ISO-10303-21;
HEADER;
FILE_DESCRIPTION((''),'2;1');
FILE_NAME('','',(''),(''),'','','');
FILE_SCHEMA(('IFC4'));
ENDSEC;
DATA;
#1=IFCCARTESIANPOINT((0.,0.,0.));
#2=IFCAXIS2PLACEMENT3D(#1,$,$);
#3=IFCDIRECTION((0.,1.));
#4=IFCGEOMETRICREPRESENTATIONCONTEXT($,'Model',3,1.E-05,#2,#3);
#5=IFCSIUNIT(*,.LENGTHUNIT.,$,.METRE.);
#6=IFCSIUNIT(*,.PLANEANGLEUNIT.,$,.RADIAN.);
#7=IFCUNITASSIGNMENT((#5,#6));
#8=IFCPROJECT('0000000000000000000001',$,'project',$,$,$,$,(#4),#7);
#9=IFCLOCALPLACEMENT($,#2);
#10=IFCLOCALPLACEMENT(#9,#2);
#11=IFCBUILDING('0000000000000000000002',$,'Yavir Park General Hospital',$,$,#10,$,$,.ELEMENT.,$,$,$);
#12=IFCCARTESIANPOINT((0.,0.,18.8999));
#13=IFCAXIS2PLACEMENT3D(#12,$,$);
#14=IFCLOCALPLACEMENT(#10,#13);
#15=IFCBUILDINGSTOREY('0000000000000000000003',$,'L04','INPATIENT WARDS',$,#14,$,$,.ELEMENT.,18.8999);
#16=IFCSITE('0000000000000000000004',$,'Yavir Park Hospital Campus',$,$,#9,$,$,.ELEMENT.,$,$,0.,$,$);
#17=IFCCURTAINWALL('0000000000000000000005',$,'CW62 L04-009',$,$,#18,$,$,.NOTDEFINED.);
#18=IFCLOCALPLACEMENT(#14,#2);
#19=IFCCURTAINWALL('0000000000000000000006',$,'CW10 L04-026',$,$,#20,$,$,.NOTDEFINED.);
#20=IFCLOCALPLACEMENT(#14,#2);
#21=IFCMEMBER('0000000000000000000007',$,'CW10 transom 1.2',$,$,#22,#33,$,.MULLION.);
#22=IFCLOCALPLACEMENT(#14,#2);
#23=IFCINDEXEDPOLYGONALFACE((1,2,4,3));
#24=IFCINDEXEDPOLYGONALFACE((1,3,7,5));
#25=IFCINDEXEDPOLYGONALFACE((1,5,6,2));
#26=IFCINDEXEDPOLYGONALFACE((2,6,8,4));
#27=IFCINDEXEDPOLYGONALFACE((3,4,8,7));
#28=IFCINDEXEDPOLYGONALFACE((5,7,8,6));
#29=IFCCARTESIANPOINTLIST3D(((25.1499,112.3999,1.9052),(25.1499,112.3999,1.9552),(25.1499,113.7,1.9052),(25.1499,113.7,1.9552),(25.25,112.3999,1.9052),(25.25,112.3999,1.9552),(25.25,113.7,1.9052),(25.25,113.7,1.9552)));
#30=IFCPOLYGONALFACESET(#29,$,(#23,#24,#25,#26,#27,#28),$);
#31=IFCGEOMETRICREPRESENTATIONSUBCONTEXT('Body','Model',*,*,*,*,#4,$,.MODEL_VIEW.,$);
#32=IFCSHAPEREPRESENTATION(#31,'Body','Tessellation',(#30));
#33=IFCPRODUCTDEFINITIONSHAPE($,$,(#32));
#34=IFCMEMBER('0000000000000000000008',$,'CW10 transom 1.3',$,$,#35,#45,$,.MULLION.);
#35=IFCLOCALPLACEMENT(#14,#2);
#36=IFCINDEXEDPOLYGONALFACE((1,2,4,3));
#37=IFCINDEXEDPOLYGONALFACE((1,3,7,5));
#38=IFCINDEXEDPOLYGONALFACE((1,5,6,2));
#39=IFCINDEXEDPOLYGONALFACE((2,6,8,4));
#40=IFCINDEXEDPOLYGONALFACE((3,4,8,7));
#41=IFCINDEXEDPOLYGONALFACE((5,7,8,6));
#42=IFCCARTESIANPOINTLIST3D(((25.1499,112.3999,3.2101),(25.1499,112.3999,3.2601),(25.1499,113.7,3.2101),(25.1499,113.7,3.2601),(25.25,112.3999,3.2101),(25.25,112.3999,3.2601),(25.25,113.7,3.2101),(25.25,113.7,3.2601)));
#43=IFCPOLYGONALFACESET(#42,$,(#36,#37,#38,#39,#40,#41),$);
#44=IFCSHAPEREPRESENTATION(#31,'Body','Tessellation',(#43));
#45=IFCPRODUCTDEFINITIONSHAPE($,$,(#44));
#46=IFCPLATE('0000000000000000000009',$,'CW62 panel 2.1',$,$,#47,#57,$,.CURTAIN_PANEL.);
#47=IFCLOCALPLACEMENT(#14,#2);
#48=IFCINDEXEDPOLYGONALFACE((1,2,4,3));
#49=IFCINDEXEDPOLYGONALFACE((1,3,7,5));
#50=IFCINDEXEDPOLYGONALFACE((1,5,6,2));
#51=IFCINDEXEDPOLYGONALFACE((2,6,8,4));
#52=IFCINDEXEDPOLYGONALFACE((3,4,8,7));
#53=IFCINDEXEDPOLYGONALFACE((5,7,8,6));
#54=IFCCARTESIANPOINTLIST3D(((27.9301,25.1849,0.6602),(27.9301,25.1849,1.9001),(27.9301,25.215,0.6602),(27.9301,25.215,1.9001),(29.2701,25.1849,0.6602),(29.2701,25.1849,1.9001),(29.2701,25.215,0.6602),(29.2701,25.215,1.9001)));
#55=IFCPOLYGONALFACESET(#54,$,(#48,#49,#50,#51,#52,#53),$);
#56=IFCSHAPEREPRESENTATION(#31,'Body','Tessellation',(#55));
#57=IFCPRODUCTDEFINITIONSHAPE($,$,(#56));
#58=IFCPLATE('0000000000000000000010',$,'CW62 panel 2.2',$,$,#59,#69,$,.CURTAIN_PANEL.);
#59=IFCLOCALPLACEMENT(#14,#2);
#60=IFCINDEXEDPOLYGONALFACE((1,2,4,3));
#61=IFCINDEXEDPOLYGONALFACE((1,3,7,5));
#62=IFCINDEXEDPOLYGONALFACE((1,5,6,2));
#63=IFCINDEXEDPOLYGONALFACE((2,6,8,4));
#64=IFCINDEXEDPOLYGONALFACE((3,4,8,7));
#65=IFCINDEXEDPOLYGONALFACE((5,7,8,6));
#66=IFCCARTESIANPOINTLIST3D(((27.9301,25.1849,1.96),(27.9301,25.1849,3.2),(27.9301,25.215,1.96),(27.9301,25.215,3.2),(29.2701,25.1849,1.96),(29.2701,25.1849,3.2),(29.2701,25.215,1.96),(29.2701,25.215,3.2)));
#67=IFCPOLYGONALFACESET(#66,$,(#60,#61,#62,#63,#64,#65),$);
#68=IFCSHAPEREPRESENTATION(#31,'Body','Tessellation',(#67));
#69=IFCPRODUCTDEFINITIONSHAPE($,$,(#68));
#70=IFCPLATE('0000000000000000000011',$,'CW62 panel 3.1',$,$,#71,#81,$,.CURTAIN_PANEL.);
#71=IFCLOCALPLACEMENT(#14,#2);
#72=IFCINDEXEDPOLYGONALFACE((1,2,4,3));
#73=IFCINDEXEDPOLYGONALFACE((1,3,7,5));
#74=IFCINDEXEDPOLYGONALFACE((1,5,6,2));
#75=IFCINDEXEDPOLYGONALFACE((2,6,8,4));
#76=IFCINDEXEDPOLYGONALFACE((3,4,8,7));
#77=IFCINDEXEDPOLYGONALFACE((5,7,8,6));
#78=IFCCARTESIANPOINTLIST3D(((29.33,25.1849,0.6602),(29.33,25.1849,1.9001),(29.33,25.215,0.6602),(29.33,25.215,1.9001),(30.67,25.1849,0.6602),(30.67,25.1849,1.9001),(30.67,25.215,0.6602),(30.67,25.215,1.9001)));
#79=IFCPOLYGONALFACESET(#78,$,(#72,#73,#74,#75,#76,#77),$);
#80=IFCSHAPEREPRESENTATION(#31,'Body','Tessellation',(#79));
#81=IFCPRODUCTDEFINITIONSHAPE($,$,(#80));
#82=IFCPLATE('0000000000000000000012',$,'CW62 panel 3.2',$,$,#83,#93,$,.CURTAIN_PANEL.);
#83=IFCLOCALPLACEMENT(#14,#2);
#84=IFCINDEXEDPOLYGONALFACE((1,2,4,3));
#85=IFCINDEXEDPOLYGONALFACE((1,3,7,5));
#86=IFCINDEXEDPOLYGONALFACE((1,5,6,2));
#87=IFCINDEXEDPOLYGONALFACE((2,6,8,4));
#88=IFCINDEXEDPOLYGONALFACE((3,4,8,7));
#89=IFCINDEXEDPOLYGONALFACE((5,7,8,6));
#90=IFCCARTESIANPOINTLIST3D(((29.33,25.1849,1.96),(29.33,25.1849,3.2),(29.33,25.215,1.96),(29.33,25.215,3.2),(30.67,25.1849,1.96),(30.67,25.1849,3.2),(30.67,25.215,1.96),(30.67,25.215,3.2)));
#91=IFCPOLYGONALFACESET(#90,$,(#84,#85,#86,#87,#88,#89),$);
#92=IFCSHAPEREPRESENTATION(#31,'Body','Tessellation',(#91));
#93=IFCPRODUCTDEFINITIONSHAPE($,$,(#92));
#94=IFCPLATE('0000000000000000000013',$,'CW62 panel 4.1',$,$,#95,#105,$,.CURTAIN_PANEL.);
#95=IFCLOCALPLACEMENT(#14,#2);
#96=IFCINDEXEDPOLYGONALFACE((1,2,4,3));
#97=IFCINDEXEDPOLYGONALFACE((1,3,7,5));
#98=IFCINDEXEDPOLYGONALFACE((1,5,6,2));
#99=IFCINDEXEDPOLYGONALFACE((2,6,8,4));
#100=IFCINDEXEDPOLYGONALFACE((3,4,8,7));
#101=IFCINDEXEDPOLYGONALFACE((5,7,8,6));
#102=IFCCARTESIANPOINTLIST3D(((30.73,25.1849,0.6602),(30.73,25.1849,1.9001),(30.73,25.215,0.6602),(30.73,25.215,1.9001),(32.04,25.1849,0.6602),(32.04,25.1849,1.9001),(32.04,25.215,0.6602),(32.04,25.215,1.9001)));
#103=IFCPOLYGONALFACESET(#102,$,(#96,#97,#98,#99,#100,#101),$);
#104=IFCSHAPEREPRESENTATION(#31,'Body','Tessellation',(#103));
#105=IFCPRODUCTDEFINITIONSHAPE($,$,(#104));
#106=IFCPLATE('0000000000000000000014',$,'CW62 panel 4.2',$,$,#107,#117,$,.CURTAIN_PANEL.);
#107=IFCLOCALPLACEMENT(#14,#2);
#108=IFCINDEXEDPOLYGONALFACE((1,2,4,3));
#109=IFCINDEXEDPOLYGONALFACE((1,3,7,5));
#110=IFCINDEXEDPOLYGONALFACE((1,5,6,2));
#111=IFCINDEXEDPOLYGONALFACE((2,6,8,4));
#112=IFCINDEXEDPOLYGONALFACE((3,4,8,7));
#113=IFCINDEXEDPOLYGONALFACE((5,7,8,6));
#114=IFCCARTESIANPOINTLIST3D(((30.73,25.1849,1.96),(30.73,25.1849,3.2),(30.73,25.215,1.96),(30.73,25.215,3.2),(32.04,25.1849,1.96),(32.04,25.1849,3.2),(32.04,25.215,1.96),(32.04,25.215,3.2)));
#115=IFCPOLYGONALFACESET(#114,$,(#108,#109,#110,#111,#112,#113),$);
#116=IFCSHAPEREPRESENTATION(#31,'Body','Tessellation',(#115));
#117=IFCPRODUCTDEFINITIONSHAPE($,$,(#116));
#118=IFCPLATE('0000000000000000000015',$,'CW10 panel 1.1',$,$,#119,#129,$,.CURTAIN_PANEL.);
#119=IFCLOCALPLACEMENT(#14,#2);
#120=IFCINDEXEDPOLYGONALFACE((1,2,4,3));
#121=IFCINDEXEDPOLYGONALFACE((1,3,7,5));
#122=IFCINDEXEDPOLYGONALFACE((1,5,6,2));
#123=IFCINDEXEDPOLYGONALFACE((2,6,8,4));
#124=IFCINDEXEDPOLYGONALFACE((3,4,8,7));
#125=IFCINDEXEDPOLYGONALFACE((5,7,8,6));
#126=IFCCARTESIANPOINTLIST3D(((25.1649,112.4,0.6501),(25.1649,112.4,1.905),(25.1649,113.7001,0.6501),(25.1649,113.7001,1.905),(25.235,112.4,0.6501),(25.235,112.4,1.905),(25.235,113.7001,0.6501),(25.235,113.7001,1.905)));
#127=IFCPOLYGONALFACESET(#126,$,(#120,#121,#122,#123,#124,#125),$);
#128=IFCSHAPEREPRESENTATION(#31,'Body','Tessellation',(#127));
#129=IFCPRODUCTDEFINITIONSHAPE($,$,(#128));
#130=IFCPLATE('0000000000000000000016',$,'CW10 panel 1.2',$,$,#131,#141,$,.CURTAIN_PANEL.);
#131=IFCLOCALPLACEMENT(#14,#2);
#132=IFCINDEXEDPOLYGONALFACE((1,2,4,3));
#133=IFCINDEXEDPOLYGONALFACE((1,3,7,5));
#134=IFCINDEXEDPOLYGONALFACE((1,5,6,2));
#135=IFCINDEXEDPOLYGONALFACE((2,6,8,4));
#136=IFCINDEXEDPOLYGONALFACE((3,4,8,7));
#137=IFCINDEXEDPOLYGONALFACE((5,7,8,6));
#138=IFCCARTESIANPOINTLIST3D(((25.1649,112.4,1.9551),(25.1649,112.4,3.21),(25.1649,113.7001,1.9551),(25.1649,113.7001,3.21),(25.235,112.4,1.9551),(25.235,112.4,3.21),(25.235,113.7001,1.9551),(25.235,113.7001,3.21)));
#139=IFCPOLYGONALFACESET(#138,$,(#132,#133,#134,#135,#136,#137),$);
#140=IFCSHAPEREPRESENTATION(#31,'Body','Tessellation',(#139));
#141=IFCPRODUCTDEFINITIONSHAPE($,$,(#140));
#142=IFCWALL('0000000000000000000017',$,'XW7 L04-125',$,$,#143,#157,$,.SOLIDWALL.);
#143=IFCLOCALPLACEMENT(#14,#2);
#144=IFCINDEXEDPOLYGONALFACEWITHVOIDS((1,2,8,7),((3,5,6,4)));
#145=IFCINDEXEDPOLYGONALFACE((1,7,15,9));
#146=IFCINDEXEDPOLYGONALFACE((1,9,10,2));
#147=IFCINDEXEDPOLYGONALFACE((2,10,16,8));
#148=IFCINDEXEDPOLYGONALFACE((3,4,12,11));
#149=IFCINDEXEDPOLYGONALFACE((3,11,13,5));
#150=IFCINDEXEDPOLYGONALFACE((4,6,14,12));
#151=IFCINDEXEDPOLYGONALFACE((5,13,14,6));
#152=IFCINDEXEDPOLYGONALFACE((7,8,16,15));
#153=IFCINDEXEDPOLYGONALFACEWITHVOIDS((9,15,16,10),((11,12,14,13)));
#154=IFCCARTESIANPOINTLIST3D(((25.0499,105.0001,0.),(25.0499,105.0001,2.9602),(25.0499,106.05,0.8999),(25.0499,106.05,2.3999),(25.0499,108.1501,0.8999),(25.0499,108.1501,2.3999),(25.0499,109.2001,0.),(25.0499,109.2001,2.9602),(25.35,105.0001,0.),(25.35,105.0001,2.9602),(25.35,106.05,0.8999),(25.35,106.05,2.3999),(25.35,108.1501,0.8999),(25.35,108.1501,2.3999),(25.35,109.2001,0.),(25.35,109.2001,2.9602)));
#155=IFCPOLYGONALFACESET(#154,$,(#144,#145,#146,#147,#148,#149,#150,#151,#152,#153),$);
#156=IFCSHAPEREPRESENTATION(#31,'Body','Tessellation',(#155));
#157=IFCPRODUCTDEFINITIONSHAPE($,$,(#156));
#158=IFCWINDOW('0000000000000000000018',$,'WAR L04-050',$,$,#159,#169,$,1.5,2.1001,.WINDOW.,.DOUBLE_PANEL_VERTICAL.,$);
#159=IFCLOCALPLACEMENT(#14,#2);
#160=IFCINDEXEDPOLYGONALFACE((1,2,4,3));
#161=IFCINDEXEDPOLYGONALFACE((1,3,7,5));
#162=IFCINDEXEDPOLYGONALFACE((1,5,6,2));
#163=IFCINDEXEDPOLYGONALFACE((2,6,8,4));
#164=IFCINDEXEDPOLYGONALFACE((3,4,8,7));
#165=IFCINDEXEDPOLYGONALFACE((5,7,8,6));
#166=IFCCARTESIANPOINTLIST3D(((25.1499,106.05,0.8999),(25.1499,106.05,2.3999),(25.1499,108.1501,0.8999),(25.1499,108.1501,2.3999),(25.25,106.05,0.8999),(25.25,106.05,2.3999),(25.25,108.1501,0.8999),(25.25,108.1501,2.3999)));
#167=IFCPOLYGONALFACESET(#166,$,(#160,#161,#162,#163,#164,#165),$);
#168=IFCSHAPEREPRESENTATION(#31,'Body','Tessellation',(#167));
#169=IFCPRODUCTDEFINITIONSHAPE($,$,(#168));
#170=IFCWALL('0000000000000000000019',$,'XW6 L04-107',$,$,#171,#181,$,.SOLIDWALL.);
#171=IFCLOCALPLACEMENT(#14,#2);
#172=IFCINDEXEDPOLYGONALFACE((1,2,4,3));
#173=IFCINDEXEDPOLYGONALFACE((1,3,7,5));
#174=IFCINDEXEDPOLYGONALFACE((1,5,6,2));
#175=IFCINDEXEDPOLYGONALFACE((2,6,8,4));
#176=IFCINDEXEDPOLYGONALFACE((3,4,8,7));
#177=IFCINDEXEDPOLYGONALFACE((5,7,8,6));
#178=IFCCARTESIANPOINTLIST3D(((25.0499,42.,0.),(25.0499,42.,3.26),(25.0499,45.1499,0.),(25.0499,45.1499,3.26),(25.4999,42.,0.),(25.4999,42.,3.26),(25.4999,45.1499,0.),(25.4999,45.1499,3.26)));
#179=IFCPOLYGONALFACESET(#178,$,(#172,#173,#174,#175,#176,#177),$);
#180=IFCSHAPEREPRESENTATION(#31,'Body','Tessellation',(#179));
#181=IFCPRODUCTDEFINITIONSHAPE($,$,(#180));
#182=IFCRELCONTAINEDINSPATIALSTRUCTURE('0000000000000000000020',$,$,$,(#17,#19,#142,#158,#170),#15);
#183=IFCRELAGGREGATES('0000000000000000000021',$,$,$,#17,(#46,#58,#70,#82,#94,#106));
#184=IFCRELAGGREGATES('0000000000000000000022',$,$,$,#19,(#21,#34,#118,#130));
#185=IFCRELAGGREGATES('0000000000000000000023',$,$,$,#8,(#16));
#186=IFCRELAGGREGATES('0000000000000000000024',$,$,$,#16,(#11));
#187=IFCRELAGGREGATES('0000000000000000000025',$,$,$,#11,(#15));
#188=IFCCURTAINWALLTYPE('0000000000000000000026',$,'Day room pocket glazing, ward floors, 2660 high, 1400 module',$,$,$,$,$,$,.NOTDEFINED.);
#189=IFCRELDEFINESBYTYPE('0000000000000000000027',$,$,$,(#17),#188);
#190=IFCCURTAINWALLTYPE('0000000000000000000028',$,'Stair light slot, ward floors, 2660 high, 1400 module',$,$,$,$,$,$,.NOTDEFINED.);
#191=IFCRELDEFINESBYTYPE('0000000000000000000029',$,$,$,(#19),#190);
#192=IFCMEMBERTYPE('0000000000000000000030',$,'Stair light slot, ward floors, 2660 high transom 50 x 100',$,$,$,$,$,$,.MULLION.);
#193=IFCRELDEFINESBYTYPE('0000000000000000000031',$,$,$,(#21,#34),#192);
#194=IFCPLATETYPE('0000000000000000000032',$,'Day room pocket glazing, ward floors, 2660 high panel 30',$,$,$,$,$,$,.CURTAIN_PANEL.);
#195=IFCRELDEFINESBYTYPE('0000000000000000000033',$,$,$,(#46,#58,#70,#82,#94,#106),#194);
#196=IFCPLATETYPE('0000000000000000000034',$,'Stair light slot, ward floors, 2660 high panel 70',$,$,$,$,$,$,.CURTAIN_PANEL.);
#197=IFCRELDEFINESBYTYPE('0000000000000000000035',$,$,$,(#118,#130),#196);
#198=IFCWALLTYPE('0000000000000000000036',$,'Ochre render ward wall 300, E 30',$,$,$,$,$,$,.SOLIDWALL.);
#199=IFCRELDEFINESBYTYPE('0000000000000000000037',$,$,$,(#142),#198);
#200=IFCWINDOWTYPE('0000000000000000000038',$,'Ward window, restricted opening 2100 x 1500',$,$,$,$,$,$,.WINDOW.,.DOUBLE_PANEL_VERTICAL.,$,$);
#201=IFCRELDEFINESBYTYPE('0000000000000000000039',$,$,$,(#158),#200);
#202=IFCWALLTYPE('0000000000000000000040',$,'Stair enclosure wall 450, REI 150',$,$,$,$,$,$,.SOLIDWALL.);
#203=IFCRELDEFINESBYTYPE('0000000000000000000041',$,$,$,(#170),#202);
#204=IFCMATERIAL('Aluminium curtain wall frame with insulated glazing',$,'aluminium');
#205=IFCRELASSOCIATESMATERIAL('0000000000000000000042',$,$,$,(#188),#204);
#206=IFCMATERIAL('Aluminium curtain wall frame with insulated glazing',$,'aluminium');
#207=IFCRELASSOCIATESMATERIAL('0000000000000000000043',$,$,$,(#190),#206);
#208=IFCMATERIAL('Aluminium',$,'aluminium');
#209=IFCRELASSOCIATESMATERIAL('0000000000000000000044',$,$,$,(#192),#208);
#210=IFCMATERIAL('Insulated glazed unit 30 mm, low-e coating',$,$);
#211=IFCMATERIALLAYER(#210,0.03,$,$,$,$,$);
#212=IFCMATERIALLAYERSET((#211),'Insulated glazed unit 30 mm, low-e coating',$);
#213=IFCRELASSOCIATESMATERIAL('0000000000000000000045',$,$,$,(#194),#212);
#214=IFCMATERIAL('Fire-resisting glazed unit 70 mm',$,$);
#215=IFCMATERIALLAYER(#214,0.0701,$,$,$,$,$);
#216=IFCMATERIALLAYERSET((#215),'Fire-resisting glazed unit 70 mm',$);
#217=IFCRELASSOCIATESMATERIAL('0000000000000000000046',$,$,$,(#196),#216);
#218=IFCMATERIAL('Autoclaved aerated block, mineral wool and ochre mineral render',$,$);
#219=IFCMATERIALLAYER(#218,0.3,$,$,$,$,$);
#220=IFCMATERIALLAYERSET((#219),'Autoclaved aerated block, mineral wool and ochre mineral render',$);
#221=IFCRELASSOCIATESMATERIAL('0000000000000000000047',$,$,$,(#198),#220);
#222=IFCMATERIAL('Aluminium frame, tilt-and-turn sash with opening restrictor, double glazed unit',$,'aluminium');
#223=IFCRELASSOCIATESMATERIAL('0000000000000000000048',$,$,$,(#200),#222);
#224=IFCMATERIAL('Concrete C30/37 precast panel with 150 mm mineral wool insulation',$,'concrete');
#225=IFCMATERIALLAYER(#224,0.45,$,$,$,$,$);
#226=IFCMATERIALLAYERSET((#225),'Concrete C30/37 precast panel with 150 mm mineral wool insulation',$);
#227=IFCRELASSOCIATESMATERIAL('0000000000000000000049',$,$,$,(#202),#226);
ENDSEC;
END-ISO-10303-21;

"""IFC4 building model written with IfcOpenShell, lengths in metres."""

from ifc_helpers import new_model, si_unit, direction, frame, frame_2d, origin, origin_2d, place, context, subcontext, project, spatial, rectangle, extrude, material, layer, layer_set, material_profile, profile_set, type_object, element, fill, aggregate, save


model = new_model("IFC4")

# Units and contexts
model_context = context("Model", 3, precision=1e-05, world=origin(), true_north=direction((0.0, 1.0)))
body_context = subcontext(model_context, "Body", "Model", "MODEL_VIEW")
ifc_project = project(units=[si_unit("LENGTHUNIT", "METRE"), si_unit("PLANEANGLEUNIT", "RADIAN")], contexts=[model_context])

# Site, building, storey
site_placement = place(None, origin())
site = spatial("IfcSite", under=ifc_project, at=site_placement, Name="Yavir Park Hospital Campus", CompositionType="ELEMENT", RefElevation=0.0)
building_placement = place(site_placement, origin())
building = spatial("IfcBuilding", under=site, at=building_placement, Name="Yavir Park General Hospital", CompositionType="ELEMENT")
storey_placement = place(building_placement, frame((0.0, 0.0, 18.8999)))
storey = spatial("IfcBuildingStorey", under=building, at=storey_placement, Name="L04", Description="INPATIENT WARDS", CompositionType="ELEMENT", Elevation=18.8999)

# Curtain walls, members
ifc_material_1 = material(Name="Aluminium curtain wall frame with insulated glazing", Category="aluminium")
curtain_wall_type_1 = type_object("IfcCurtainWallType", Name="Day room pocket glazing, ward floors, 2660 high, 1400 module", PredefinedType="NOTDEFINED", material=ifc_material_1)
curtain_wall_1_placement = place(storey_placement, origin())
curtain_wall_1 = element("IfcCurtainWall", 1, at=curtain_wall_1_placement, inside=storey, type_object=curtain_wall_type_1, Name="CW62 L04-009", PredefinedType="NOTDEFINED")
ifc_material_2 = material(Name="Aluminium curtain wall frame with insulated glazing", Category="aluminium")
curtain_wall_type_2 = type_object("IfcCurtainWallType", Name="Stair light slot, ward floors, 2660 high, 1400 module", PredefinedType="NOTDEFINED", material=ifc_material_2)
curtain_wall_2_placement = place(storey_placement, origin())
curtain_wall_2 = element("IfcCurtainWall", 2, at=curtain_wall_2_placement, inside=storey, type_object=curtain_wall_type_2, Name="CW10 L04-026", PredefinedType="NOTDEFINED")
ifc_material_3 = material(Name="Aluminium", Category="aluminium")
ifc_material_profile_1 = material_profile(ifc_material_3, rectangle(XDim=0.1001, YDim=0.05, at=origin_2d()), Name="AL 100x50")
ifc_profile_set_1 = profile_set([ifc_material_profile_1], Name="Aluminium")
member_type_1 = type_object("IfcMemberType", Name="Stair light slot, ward floors, 2660 high transom 50 x 100", PredefinedType="MULLION", material=ifc_profile_set_1)
member_1_placement = place(storey_placement, frame((25.2, 112.3999, 1.9302), z_axis=(0.0, 1.0, 0.0), x_axis=(-1.0, 0.0, 0.0)))
member_1 = element("IfcMember", 3, at=member_1_placement, type_object=member_type_1, Name="CW10 transom 1.2", PredefinedType="MULLION", context=body_context, shape_type="SweptSolid", body=[
    extrude(rectangle(XDim=0.1001, YDim=0.05, at=origin_2d()), origin(), (0.0, 0.0, 1.0), 1.3),
])
member_2_placement = place(storey_placement, frame((25.2, 112.3999, 3.2351), z_axis=(0.0, 1.0, 0.0), x_axis=(-1.0, 0.0, 0.0)))
member_2 = element("IfcMember", 4, at=member_2_placement, type_object=member_type_1, Name="CW10 transom 1.3", PredefinedType="MULLION", context=body_context, shape_type="SweptSolid", body=[
    extrude(rectangle(XDim=0.1001, YDim=0.05, at=origin_2d()), origin(), (0.0, 0.0, 1.0), 1.3),
])

# Plates
ifc_material_4 = material(Name="Insulated glazed unit 30 mm, low-e coating")
ifc_layer_1 = layer(ifc_material_4, 0.03)
ifc_layer_set_1 = layer_set([ifc_layer_1], Name="Insulated glazed unit 30 mm, low-e coating")
plate_type_1 = type_object("IfcPlateType", Name="Day room pocket glazing, ward floors, 2660 high panel 30", PredefinedType="CURTAIN_PANEL", material=ifc_layer_set_1)
plate_1_placement = place(storey_placement, frame((28.6001, 25.2, 0.6602), z_axis=(0.0, 0.0, 1.0), x_axis=(1.0, 0.0, 0.0)))
plate_1 = element("IfcPlate", 5, at=plate_1_placement, type_object=plate_type_1, Name="CW62 panel 2.1", PredefinedType="CURTAIN_PANEL", context=body_context, shape_type="SweptSolid", body=[
    extrude(rectangle(XDim=1.3401, YDim=0.03, at=origin_2d()), origin(), (0.0, 0.0, 1.0), 1.24),
])
plate_2_placement = place(storey_placement, frame((28.6001, 25.2, 1.96), z_axis=(0.0, 0.0, 1.0), x_axis=(1.0, 0.0, 0.0)))
plate_2 = element("IfcPlate", 6, at=plate_2_placement, type_object=plate_type_1, Name="CW62 panel 2.2", PredefinedType="CURTAIN_PANEL", context=body_context, shape_type="SweptSolid", body=[
    extrude(rectangle(XDim=1.3401, YDim=0.03, at=origin_2d()), origin(), (0.0, 0.0, 1.0), 1.24),
])
plate_3_placement = place(storey_placement, frame((30.0, 25.2, 0.6602), z_axis=(0.0, 0.0, 1.0), x_axis=(1.0, 0.0, 0.0)))
plate_3 = element("IfcPlate", 7, at=plate_3_placement, type_object=plate_type_1, Name="CW62 panel 3.1", PredefinedType="CURTAIN_PANEL", context=body_context, shape_type="SweptSolid", body=[
    extrude(rectangle(XDim=1.3401, YDim=0.03, at=origin_2d()), origin(), (0.0, 0.0, 1.0), 1.24),
])
plate_4_placement = place(storey_placement, frame((30.0, 25.2, 1.96), z_axis=(0.0, 0.0, 1.0), x_axis=(1.0, 0.0, 0.0)))
plate_4 = element("IfcPlate", 8, at=plate_4_placement, type_object=plate_type_1, Name="CW62 panel 3.2", PredefinedType="CURTAIN_PANEL", context=body_context, shape_type="SweptSolid", body=[
    extrude(rectangle(XDim=1.3401, YDim=0.03, at=origin_2d()), origin(), (0.0, 0.0, 1.0), 1.24),
])
plate_5_placement = place(storey_placement, frame((31.385, 25.2, 0.6602), z_axis=(0.0, 0.0, 1.0), x_axis=(1.0, 0.0, 0.0)))
plate_5 = element("IfcPlate", 9, at=plate_5_placement, type_object=plate_type_1, Name="CW62 panel 4.1", PredefinedType="CURTAIN_PANEL", context=body_context, shape_type="SweptSolid", body=[
    extrude(rectangle(XDim=1.3101, YDim=0.03, at=origin_2d()), origin(), (0.0, 0.0, 1.0), 1.24),
])
plate_6_placement = place(storey_placement, frame((31.385, 25.2, 1.96), z_axis=(0.0, 0.0, 1.0), x_axis=(1.0, 0.0, 0.0)))
plate_6 = element("IfcPlate", 10, at=plate_6_placement, type_object=plate_type_1, Name="CW62 panel 4.2", PredefinedType="CURTAIN_PANEL", context=body_context, shape_type="SweptSolid", body=[
    extrude(rectangle(XDim=1.3101, YDim=0.03, at=origin_2d()), origin(), (0.0, 0.0, 1.0), 1.24),
])
aggregate(curtain_wall_1, [plate_1, plate_2, plate_3, plate_4, plate_5, plate_6])
ifc_material_5 = material(Name="Fire-resisting glazed unit 70 mm")
ifc_layer_2 = layer(ifc_material_5, 0.0701)
ifc_layer_set_2 = layer_set([ifc_layer_2], Name="Fire-resisting glazed unit 70 mm")
plate_type_2 = type_object("IfcPlateType", Name="Stair light slot, ward floors, 2660 high panel 70", PredefinedType="CURTAIN_PANEL", material=ifc_layer_set_2)
plate_7_placement = place(storey_placement, frame((25.2, 113.05, 0.6501), z_axis=(0.0, 0.0, 1.0), x_axis=(0.0, 1.0, 0.0)))
plate_7 = element("IfcPlate", 11, at=plate_7_placement, type_object=plate_type_2, Name="CW10 panel 1.1", PredefinedType="CURTAIN_PANEL", context=body_context, shape_type="SweptSolid", body=[
    extrude(rectangle(XDim=1.3, YDim=0.0701, at=origin_2d()), origin(), (0.0, 0.0, 1.0), 1.2549),
])
plate_8_placement = place(storey_placement, frame((25.2, 113.05, 1.9551), z_axis=(0.0, 0.0, 1.0), x_axis=(0.0, 1.0, 0.0)))
plate_8 = element("IfcPlate", 12, at=plate_8_placement, type_object=plate_type_2, Name="CW10 panel 1.2", PredefinedType="CURTAIN_PANEL", context=body_context, shape_type="SweptSolid", body=[
    extrude(rectangle(XDim=1.3, YDim=0.0701, at=origin_2d()), origin(), (0.0, 0.0, 1.0), 1.2549),
])
aggregate(curtain_wall_2, [member_1, member_2, plate_7, plate_8])

# Wall, opening, window
ifc_material_6 = material(Name="Autoclaved aerated block, mineral wool and ochre mineral render")
ifc_layer_3 = layer(ifc_material_6, 0.3)
ifc_layer_set_3 = layer_set([ifc_layer_3], Name="Autoclaved aerated block, mineral wool and ochre mineral render")
wall_type_1 = type_object("IfcWallType", Name="Ochre render ward wall 300, E 30", PredefinedType="SOLIDWALL", material=ifc_layer_set_3)
wall_1_placement = place(storey_placement, frame((25.2, 105.0, 0.0), z_axis=(0.0, 0.0, 1.0), x_axis=(0.0, 1.0, 0.0)))
wall_1 = element("IfcWall", 13, at=wall_1_placement, inside=storey, type_object=wall_type_1, Name="XW7 L04-125", PredefinedType="SOLIDWALL", context=body_context, shape_type="SweptSolid", body=[
    extrude(rectangle(XDim=4.2, YDim=0.3, at=frame_2d((2.1001, 0.0))), origin(), (0.0, 0.0, 1.0), 2.9602),
])
opening_placement = place(wall_1_placement, frame((1.05, 0.0, 0.8999)))
opening = element("IfcOpeningElement", 14, at=opening_placement, cuts=wall_1, PredefinedType="OPENING", context=body_context, shape_type="SweptSolid", body=[
    extrude(rectangle(XDim=2.1001, YDim=1.5, at=frame_2d((1.05, 0.75))), frame((0.0, 0.1599, 0.0), z_axis=(0.0, -1.0, 0.0), x_axis=(1.0, 0.0, 0.0)), (0.0, 0.0, 1.0), 0.3201),
])
ifc_material_7 = material(Name="Aluminium frame, tilt-and-turn sash with opening restrictor, double glazed unit", Category="aluminium")
window_type = type_object("IfcWindowType", Name="Ward window, restricted opening 2100 x 1500", PartitioningType="DOUBLE_PANEL_VERTICAL", PredefinedType="WINDOW", material=ifc_material_7)
window_placement = place(opening_placement, origin())
window = element("IfcWindow", 15, at=window_placement, inside=storey, type_object=window_type, Name="WAR L04-050", OverallHeight=1.5, OverallWidth=2.1001, PartitioningType="DOUBLE_PANEL_VERTICAL", PredefinedType="WINDOW", context=body_context, shape_type="SweptSolid", body=[
    extrude(rectangle(XDim=2.1001, YDim=1.5, at=frame_2d((1.05, 0.75))), frame((0.0, 0.05, 0.0), z_axis=(0.0, -1.0, 0.0), x_axis=(1.0, 0.0, 0.0)), (0.0, 0.0, 1.0), 0.1001),
])
fill(opening, window)

# Wall
ifc_material_8 = material(Name="Concrete C30/37 precast panel with 150 mm mineral wool insulation", Category="concrete")
ifc_layer_4 = layer(ifc_material_8, 0.45)
ifc_layer_set_4 = layer_set([ifc_layer_4], Name="Concrete C30/37 precast panel with 150 mm mineral wool insulation")
wall_type_2 = type_object("IfcWallType", Name="Stair enclosure wall 450, REI 150", PredefinedType="SOLIDWALL", material=ifc_layer_set_4)
wall_2_placement = place(storey_placement, frame((25.2749, 42.0, 0.0), z_axis=(0.0, 0.0, 1.0), x_axis=(0.0, 1.0, 0.0)))
element("IfcWall", 16, at=wall_2_placement, inside=storey, type_object=wall_type_2, Name="XW6 L04-107", PredefinedType="SOLIDWALL", context=body_context, shape_type="SweptSolid", body=[
    extrude(rectangle(XDim=3.1499, YDim=0.45, at=frame_2d((1.575, 0.0))), origin(), (0.0, 0.0, 1.0), 3.26),
])

save(model, "model.ifc")
